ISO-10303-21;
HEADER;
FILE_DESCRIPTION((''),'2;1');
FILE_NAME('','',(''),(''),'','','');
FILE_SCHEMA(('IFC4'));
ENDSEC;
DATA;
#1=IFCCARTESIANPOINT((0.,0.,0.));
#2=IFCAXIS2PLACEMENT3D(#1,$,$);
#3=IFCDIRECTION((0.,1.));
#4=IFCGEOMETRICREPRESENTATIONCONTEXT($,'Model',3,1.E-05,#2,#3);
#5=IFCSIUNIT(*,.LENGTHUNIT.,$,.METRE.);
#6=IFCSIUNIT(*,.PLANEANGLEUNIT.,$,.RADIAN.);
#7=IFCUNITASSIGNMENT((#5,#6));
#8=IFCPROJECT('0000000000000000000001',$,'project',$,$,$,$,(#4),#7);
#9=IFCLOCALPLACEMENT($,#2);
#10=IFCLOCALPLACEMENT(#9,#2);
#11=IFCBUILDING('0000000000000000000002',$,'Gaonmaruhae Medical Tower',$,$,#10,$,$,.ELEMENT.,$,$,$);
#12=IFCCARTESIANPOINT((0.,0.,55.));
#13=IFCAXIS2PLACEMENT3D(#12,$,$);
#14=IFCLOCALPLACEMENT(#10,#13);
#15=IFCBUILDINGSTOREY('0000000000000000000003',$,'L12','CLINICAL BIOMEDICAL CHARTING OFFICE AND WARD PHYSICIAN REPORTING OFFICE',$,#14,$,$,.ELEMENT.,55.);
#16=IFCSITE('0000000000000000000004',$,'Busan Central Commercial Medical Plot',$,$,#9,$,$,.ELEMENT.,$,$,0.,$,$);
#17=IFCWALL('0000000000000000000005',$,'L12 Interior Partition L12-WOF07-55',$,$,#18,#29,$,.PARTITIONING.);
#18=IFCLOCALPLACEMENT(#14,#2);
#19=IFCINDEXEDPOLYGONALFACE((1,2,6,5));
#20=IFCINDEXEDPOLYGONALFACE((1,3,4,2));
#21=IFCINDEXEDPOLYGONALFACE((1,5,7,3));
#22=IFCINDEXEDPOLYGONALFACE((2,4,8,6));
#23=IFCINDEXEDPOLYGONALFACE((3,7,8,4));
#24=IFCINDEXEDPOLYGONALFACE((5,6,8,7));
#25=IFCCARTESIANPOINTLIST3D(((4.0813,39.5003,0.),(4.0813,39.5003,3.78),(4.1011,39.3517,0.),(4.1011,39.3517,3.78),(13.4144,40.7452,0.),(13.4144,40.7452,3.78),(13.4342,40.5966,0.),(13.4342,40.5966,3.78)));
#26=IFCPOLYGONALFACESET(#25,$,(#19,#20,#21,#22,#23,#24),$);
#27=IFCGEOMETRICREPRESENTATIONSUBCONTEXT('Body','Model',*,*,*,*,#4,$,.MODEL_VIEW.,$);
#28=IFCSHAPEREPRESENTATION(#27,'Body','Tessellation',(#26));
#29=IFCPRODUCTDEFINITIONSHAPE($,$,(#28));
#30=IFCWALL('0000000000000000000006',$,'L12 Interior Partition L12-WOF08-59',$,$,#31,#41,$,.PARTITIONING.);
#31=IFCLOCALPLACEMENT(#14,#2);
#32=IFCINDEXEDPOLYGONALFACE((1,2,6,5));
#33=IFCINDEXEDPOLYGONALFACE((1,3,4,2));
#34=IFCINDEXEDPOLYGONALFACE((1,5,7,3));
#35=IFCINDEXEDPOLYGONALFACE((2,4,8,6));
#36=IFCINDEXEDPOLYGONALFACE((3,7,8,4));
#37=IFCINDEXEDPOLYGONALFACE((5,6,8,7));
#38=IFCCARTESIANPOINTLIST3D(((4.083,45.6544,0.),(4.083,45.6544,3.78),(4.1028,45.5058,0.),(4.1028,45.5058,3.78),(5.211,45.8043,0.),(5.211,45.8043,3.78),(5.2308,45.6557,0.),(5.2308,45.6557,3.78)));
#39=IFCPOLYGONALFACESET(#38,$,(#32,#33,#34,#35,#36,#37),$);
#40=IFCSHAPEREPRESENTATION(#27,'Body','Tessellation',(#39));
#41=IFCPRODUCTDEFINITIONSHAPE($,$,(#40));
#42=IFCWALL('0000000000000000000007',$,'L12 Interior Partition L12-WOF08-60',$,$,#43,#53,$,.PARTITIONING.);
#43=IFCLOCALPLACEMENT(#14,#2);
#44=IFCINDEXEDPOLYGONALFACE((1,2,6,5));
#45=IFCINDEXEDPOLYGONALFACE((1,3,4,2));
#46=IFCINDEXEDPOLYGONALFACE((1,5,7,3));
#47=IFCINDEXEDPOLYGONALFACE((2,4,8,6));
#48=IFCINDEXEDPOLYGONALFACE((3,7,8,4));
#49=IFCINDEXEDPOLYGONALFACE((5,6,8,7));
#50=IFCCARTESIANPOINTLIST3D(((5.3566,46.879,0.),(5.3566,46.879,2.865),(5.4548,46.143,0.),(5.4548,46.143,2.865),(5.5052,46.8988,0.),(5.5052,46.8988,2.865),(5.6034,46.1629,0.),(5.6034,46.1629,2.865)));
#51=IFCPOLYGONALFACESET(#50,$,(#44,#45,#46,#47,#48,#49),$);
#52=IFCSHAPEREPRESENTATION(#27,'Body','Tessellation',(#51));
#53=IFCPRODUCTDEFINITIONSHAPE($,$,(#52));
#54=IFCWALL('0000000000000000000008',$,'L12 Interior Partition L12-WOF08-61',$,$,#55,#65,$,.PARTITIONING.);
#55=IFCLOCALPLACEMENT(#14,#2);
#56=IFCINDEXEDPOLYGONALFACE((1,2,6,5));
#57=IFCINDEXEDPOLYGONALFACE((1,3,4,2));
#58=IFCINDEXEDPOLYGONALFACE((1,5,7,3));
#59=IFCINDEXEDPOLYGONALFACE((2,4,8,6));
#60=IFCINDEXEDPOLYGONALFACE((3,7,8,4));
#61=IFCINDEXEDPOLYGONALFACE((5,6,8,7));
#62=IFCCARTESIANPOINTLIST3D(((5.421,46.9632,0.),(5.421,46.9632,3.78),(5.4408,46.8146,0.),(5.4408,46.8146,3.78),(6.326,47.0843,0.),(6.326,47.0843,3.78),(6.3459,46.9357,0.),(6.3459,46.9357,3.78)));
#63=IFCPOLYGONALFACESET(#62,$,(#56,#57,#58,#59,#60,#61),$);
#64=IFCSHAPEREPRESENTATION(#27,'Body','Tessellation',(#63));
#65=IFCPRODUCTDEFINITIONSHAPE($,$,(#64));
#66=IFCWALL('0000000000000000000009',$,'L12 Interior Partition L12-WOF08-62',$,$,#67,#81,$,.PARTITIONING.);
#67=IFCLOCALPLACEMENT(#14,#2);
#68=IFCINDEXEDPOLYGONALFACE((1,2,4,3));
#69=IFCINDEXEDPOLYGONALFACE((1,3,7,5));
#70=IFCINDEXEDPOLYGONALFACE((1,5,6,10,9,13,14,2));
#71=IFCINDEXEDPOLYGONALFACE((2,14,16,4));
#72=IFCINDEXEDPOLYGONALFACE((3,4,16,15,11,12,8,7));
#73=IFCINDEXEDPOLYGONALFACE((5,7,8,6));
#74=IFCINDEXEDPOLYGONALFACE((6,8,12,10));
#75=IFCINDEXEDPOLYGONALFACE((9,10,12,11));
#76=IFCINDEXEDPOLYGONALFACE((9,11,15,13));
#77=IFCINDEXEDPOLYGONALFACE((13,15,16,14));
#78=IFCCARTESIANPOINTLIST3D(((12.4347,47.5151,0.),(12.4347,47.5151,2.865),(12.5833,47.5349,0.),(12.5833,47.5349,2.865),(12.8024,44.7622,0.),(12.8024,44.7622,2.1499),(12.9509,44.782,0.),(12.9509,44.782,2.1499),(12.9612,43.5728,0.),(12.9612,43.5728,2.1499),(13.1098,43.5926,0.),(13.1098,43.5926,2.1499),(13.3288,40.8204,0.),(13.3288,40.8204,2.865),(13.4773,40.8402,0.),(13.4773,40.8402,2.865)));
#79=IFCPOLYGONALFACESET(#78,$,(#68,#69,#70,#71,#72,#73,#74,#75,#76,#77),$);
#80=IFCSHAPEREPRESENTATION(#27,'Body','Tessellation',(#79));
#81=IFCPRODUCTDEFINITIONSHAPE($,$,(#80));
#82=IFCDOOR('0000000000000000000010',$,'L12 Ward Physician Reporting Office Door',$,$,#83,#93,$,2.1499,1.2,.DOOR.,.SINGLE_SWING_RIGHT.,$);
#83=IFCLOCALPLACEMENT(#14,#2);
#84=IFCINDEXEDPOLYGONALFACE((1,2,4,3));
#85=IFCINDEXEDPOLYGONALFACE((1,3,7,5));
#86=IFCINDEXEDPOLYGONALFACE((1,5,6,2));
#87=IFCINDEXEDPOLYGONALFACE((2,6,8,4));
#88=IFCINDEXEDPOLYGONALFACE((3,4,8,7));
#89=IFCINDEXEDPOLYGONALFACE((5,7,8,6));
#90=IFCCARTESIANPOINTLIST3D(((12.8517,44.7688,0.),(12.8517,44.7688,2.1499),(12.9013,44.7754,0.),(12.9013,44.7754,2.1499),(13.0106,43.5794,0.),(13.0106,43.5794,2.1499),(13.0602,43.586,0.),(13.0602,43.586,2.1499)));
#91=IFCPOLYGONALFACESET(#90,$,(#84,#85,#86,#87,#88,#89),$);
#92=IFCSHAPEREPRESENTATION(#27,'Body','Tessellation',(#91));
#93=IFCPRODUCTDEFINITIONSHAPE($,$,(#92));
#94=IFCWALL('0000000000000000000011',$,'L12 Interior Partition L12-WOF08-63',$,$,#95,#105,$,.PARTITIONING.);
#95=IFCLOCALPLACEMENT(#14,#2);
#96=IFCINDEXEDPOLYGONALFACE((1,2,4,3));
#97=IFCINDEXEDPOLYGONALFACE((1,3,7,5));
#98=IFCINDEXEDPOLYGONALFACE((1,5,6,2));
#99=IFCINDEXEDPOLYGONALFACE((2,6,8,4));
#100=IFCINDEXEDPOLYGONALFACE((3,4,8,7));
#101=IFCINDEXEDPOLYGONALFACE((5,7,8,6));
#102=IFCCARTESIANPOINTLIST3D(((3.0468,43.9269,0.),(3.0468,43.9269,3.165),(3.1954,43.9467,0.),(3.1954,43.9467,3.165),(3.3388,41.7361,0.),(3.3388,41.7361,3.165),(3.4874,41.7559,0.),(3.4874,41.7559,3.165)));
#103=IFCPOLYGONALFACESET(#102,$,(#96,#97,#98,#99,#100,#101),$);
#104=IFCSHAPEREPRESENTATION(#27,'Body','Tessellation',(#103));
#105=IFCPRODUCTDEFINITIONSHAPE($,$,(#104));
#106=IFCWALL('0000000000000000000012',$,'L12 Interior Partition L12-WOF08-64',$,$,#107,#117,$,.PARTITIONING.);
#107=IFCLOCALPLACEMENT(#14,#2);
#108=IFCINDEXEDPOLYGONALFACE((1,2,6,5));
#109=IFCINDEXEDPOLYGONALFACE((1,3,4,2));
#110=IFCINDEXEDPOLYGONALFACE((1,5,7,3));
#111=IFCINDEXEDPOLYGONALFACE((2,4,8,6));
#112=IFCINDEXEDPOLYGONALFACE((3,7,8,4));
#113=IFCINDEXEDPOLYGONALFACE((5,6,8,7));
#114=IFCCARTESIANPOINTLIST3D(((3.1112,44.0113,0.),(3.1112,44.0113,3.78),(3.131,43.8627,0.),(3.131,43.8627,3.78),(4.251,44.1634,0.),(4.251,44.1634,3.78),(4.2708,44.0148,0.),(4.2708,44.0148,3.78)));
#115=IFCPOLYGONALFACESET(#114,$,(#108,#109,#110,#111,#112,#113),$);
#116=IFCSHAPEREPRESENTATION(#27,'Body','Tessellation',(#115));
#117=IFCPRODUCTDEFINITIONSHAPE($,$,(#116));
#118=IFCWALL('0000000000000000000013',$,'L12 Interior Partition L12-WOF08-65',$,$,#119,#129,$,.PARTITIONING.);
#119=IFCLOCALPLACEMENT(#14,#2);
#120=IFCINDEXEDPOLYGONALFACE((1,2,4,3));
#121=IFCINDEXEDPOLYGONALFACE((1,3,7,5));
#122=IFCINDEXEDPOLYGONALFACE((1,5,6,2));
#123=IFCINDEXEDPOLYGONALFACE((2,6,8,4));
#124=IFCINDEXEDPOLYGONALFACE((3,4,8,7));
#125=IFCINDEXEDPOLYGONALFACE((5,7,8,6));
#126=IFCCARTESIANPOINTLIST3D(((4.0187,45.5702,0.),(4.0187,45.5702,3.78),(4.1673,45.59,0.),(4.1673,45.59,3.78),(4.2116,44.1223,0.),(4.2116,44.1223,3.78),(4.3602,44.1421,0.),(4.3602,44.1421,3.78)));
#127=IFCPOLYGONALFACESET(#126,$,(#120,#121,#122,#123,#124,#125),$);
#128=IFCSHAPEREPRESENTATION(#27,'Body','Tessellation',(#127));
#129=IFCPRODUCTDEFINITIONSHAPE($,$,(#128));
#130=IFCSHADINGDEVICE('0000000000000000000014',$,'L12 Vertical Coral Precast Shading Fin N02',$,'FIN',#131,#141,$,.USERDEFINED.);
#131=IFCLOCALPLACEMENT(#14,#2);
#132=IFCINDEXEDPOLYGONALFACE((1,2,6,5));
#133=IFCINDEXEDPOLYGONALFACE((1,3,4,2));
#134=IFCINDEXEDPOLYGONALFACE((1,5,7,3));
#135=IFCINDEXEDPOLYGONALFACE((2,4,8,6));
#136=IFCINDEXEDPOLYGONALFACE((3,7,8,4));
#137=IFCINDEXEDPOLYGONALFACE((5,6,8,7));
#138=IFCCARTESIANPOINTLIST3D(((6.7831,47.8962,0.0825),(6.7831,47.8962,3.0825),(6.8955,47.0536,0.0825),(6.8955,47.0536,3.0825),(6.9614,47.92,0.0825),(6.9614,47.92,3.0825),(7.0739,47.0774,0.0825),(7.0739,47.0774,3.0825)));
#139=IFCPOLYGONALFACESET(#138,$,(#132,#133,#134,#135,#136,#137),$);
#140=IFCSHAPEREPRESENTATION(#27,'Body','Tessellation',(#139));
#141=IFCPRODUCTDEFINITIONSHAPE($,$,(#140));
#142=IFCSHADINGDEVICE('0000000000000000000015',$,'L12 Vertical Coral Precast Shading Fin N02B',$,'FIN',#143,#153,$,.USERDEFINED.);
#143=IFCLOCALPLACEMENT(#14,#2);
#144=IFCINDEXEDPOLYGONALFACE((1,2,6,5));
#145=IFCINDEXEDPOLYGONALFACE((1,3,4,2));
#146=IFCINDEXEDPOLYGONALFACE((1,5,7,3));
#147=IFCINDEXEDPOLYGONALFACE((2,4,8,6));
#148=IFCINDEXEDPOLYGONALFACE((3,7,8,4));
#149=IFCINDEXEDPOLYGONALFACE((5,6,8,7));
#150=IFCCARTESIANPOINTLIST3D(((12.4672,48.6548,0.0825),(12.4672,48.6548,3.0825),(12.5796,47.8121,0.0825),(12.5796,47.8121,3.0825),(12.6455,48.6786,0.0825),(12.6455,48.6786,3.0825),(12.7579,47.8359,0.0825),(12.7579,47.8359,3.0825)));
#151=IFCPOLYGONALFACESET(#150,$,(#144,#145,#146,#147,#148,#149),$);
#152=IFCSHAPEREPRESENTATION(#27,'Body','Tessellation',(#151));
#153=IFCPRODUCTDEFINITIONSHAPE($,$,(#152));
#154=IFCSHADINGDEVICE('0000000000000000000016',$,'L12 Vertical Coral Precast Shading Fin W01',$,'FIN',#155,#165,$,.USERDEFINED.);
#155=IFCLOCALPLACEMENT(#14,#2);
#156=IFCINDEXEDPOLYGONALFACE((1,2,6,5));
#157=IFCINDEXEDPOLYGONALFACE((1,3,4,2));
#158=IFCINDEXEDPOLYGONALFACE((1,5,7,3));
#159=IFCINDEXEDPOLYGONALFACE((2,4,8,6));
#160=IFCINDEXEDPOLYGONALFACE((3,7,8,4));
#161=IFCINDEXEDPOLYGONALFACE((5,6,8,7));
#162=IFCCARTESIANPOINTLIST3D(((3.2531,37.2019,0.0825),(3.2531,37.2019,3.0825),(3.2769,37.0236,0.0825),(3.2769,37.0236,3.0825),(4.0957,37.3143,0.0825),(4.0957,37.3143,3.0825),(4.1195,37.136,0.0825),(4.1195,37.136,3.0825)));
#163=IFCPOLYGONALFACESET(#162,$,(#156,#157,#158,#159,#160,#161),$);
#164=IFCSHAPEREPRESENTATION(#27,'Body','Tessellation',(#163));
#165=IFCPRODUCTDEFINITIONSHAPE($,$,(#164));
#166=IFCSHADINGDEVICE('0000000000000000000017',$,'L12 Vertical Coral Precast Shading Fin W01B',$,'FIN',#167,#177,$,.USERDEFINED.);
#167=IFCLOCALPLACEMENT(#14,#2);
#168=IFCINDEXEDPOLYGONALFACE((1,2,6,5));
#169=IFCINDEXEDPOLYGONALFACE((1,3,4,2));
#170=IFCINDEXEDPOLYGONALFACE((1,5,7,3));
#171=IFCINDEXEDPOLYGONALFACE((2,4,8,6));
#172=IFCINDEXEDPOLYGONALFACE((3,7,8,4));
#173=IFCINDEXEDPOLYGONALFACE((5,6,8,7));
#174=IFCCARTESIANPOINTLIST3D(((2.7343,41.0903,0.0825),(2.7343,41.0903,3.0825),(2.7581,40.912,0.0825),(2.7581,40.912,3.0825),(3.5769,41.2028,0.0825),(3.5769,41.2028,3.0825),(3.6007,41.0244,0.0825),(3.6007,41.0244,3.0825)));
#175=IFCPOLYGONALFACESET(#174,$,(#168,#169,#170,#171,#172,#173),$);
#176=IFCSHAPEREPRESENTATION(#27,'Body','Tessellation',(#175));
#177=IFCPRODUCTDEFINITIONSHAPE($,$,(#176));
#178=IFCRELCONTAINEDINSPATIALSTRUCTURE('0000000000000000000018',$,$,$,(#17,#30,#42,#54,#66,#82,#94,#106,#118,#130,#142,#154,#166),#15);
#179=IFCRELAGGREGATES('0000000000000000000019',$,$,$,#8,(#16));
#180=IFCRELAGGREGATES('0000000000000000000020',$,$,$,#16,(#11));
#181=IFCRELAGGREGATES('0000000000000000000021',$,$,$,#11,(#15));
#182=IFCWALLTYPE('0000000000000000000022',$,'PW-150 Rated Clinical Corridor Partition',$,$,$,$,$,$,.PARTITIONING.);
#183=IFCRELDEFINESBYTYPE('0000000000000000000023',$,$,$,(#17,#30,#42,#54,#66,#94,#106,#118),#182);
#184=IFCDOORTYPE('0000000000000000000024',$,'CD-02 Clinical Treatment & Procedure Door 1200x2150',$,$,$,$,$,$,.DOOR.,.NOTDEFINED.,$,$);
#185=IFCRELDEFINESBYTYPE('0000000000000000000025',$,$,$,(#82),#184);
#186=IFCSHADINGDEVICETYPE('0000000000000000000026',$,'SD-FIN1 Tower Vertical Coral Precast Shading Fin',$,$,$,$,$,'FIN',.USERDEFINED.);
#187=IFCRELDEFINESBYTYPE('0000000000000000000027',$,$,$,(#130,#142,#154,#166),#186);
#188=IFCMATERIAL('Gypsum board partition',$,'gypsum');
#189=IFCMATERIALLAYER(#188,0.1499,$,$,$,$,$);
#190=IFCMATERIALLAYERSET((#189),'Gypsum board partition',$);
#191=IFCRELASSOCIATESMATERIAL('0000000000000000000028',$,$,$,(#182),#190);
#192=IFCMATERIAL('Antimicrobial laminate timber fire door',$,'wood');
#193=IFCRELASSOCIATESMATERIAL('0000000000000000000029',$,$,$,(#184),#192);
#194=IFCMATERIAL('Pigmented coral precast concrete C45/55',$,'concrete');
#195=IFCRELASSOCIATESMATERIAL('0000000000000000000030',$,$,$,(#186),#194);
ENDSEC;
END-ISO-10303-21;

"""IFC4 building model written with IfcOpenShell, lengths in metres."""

from ifc_helpers import new_model, si_unit, direction, frame, frame_2d, origin, origin_2d, place, context, subcontext, project, spatial, rectangle, extrude, material, layer, layer_set, type_object, element, fill, save


model = new_model("IFC4")

# Units and contexts
model_context = context("Model", 3, precision=1e-05, world=origin(), true_north=direction((0.0, 1.0)))
body_context = subcontext(model_context, "Body", "Model", "MODEL_VIEW")
ifc_project = project(units=[si_unit("LENGTHUNIT", "METRE"), si_unit("PLANEANGLEUNIT", "RADIAN")], contexts=[model_context])

# Site, building, storey
site_placement = place(None, origin())
site = spatial("IfcSite", under=ifc_project, at=site_placement, Name="Busan Central Commercial Medical Plot", CompositionType="ELEMENT", RefElevation=0.0)
building_placement = place(site_placement, origin())
building = spatial("IfcBuilding", under=site, at=building_placement, Name="Gaonmaruhae Medical Tower", CompositionType="ELEMENT")
storey_placement = place(building_placement, frame((0.0, 0.0, 55.0)))
storey = spatial("IfcBuildingStorey", under=building, at=storey_placement, Name="L12", Description="CLINICAL BIOMEDICAL CHARTING OFFICE AND WARD PHYSICIAN REPORTING OFFICE", CompositionType="ELEMENT", Elevation=55.0)

# Walls
ifc_material_1 = material(Name="Gypsum board partition", Category="gypsum")
ifc_layer_1 = layer(ifc_material_1, 0.1499)
ifc_layer_set_1 = layer_set([ifc_layer_1], Name="Gypsum board partition")
wall_type_1 = type_object("IfcWallType", Name="PW-150 Rated Clinical Corridor Partition", PredefinedType="PARTITIONING", material=ifc_layer_set_1)
wall_1_placement = place(storey_placement, frame((4.0911, 39.426, 0.0), z_axis=(0.0, 0.0, 1.0), x_axis=(0.991221, 0.132213, 0.0)))
element("IfcWall", 1, at=wall_1_placement, inside=storey, type_object=wall_type_1, Name="L12 Interior Partition L12-WOF07-55", PredefinedType="PARTITIONING", context=body_context, shape_type="SweptSolid", body=[
    extrude(rectangle(XDim=9.4158, YDim=0.1499, at=frame_2d((4.708, 0.0))), origin(), (0.0, 0.0, 1.0), 3.78),
])
wall_2_placement = place(storey_placement, frame((4.093, 45.5801, 0.0), z_axis=(0.0, 0.0, 1.0), x_axis=(0.991284, 0.131742, 0.0)))
element("IfcWall", 2, at=wall_2_placement, inside=storey, type_object=wall_type_1, Name="L12 Interior Partition L12-WOF08-59", PredefinedType="PARTITIONING", context=body_context, shape_type="SweptSolid", body=[
    extrude(rectangle(XDim=1.1379, YDim=0.1499, at=frame_2d((0.5688, 0.0))), origin(), (0.0, 0.0, 1.0), 3.78),
])
wall_3_placement = place(storey_placement, frame((5.5291, 46.1531, 0.0), z_axis=(0.0, 0.0, 1.0), x_axis=(-0.132207, 0.991222, 0.0)))
element("IfcWall", 3, at=wall_3_placement, inside=storey, type_object=wall_type_1, Name="L12 Interior Partition L12-WOF08-60", PredefinedType="PARTITIONING", context=body_context, shape_type="SweptSolid", body=[
    extrude(rectangle(XDim=0.7424, YDim=0.1499, at=frame_2d((0.3711, 0.0))), origin(), (0.0, 0.0, 1.0), 2.865),
])
wall_4_placement = place(storey_placement, frame((5.4309, 46.8889, 0.0), z_axis=(0.0, 0.0, 1.0), x_axis=(0.991167, 0.132619, 0.0)))
element("IfcWall", 4, at=wall_4_placement, inside=storey, type_object=wall_type_1, Name="L12 Interior Partition L12-WOF08-61", PredefinedType="PARTITIONING", context=body_context, shape_type="SweptSolid", body=[
    extrude(rectangle(XDim=0.9131, YDim=0.1499, at=frame_2d((0.4565, 0.0))), origin(), (0.0, 0.0, 1.0), 3.78),
])

# Wall, opening, door
wall_5_placement = place(storey_placement, frame((12.509, 47.5249, 0.0), z_axis=(0.0, 0.0, 1.0), x_axis=(0.132367, -0.991201, 0.0)))
wall_5 = element("IfcWall", 5, at=wall_5_placement, inside=storey, type_object=wall_type_1, Name="L12 Interior Partition L12-WOF08-62", PredefinedType="PARTITIONING", context=body_context, shape_type="SweptSolid", body=[
    extrude(rectangle(XDim=6.7542, YDim=0.1499, at=frame_2d((3.377, 0.0))), origin(), (0.0, 0.0, 1.0), 2.865),
])
opening_placement = place(wall_5_placement, frame((2.7771, 0.0, 0.0)))
opening = element("IfcOpeningElement", 6, at=opening_placement, cuts=wall_5, PredefinedType="OPENING", context=body_context, shape_type="SweptSolid", body=[
    extrude(rectangle(XDim=1.2, YDim=2.1499, at=frame_2d((0.6001, 1.075))), frame((0.0, 0.085, 0.0), z_axis=(0.0, -1.0, 0.0), x_axis=(1.0, 0.0, 0.0)), (0.0, 0.0, 1.0), 0.1699),
])
ifc_material_2 = material(Name="Antimicrobial laminate timber fire door", Category="wood")
door_type = type_object("IfcDoorType", Name="CD-02 Clinical Treatment & Procedure Door 1200x2150", OperationType="NOTDEFINED", PredefinedType="DOOR", material=ifc_material_2)
door_placement = place(opening_placement, origin())
door = element("IfcDoor", 7, at=door_placement, inside=storey, type_object=door_type, Name="L12 Ward Physician Reporting Office Door", OperationType="SINGLE_SWING_RIGHT", OverallHeight=2.1499, OverallWidth=1.2, PredefinedType="DOOR", context=body_context, shape_type="SweptSolid", body=[
    extrude(rectangle(XDim=1.2, YDim=2.1499, at=frame_2d((0.6001, 1.075))), frame((0.0, 0.0249, 0.0), z_axis=(0.0, -1.0, 0.0), x_axis=(1.0, 0.0, 0.0)), (0.0, 0.0, 1.0), 0.05),
])
fill(opening, door)

# Walls
wall_6_placement = place(storey_placement, frame((3.4131, 41.7461, 0.0), z_axis=(0.0, 0.0, 1.0), x_axis=(-0.132106, 0.991236, 0.0)))
element("IfcWall", 8, at=wall_6_placement, inside=storey, type_object=wall_type_1, Name="L12 Interior Partition L12-WOF08-63", PredefinedType="PARTITIONING", context=body_context, shape_type="SweptSolid", body=[
    extrude(rectangle(XDim=2.2102, YDim=0.1499, at=frame_2d((1.105, 0.0))), origin(), (0.0, 0.0, 1.0), 3.165),
])
wall_7_placement = place(storey_placement, frame((3.1211, 43.937, 0.0), z_axis=(0.0, 0.0, 1.0), x_axis=(0.991215, 0.132261, 0.0)))
element("IfcWall", 9, at=wall_7_placement, inside=storey, type_object=wall_type_1, Name="L12 Interior Partition L12-WOF08-64", PredefinedType="PARTITIONING", context=body_context, shape_type="SweptSolid", body=[
    extrude(rectangle(XDim=1.1499, YDim=0.1499, at=frame_2d((0.575, 0.0))), origin(), (0.0, 0.0, 1.0), 3.78),
])
wall_8_placement = place(storey_placement, frame((4.2859, 44.1321, 0.0), z_axis=(0.0, 0.0, 1.0), x_axis=(-0.132032, 0.991245, 0.0)))
element("IfcWall", 10, at=wall_8_placement, inside=storey, type_object=wall_type_1, Name="L12 Interior Partition L12-WOF08-65", PredefinedType="PARTITIONING", context=body_context, shape_type="SweptSolid", body=[
    extrude(rectangle(XDim=1.4607, YDim=0.1499, at=frame_2d((0.7305, 0.0))), origin(), (0.0, 0.0, 1.0), 3.78),
])

# Shading devices
ifc_material_3 = material(Name="Pigmented coral precast concrete C45/55", Category="concrete")
shading_device_type = type_object("IfcShadingDeviceType", Name="SD-FIN1 Tower Vertical Coral Precast Shading Fin", ElementType="FIN", PredefinedType="USERDEFINED", material=ifc_material_3)
for number, where, z_axis, x_axis, name in (
    (11, (6.9285, 47.4868, 0.0825), (0.0, 0.0, 1.0), (0.991216, 0.132256, 0.0), "L12 Vertical Coral Precast Shading Fin N02"),
    (12, (12.6125, 48.2454, 0.0825), (0.0, 0.0, 1.0), (0.991216, 0.132256, 0.0), "L12 Vertical Coral Precast Shading Fin N02B"),
    (13, (3.6863, 37.1689, 0.0825), (0.0, 0.0, 1.0), (-0.132256, 0.991216, 0.0), "L12 Vertical Coral Precast Shading Fin W01"),
    (14, (3.1675, 41.0574, 0.0825), (0.0, 0.0, 1.0), (-0.132256, 0.991216, 0.0), "L12 Vertical Coral Precast Shading Fin W01B"),
):
    element("IfcShadingDevice", number, at=place(storey_placement, frame(where, z_axis=z_axis, x_axis=x_axis)), inside=storey, type_object=shading_device_type, Name=name, ObjectType="FIN", PredefinedType="USERDEFINED", context=body_context, shape_type="SweptSolid", body=[
        extrude(rectangle(XDim=0.1799, YDim=0.8501, at=origin_2d()), origin(), (0.0, 0.0, 1.0), 3.0),
    ])

save(model, "model.ifc")
